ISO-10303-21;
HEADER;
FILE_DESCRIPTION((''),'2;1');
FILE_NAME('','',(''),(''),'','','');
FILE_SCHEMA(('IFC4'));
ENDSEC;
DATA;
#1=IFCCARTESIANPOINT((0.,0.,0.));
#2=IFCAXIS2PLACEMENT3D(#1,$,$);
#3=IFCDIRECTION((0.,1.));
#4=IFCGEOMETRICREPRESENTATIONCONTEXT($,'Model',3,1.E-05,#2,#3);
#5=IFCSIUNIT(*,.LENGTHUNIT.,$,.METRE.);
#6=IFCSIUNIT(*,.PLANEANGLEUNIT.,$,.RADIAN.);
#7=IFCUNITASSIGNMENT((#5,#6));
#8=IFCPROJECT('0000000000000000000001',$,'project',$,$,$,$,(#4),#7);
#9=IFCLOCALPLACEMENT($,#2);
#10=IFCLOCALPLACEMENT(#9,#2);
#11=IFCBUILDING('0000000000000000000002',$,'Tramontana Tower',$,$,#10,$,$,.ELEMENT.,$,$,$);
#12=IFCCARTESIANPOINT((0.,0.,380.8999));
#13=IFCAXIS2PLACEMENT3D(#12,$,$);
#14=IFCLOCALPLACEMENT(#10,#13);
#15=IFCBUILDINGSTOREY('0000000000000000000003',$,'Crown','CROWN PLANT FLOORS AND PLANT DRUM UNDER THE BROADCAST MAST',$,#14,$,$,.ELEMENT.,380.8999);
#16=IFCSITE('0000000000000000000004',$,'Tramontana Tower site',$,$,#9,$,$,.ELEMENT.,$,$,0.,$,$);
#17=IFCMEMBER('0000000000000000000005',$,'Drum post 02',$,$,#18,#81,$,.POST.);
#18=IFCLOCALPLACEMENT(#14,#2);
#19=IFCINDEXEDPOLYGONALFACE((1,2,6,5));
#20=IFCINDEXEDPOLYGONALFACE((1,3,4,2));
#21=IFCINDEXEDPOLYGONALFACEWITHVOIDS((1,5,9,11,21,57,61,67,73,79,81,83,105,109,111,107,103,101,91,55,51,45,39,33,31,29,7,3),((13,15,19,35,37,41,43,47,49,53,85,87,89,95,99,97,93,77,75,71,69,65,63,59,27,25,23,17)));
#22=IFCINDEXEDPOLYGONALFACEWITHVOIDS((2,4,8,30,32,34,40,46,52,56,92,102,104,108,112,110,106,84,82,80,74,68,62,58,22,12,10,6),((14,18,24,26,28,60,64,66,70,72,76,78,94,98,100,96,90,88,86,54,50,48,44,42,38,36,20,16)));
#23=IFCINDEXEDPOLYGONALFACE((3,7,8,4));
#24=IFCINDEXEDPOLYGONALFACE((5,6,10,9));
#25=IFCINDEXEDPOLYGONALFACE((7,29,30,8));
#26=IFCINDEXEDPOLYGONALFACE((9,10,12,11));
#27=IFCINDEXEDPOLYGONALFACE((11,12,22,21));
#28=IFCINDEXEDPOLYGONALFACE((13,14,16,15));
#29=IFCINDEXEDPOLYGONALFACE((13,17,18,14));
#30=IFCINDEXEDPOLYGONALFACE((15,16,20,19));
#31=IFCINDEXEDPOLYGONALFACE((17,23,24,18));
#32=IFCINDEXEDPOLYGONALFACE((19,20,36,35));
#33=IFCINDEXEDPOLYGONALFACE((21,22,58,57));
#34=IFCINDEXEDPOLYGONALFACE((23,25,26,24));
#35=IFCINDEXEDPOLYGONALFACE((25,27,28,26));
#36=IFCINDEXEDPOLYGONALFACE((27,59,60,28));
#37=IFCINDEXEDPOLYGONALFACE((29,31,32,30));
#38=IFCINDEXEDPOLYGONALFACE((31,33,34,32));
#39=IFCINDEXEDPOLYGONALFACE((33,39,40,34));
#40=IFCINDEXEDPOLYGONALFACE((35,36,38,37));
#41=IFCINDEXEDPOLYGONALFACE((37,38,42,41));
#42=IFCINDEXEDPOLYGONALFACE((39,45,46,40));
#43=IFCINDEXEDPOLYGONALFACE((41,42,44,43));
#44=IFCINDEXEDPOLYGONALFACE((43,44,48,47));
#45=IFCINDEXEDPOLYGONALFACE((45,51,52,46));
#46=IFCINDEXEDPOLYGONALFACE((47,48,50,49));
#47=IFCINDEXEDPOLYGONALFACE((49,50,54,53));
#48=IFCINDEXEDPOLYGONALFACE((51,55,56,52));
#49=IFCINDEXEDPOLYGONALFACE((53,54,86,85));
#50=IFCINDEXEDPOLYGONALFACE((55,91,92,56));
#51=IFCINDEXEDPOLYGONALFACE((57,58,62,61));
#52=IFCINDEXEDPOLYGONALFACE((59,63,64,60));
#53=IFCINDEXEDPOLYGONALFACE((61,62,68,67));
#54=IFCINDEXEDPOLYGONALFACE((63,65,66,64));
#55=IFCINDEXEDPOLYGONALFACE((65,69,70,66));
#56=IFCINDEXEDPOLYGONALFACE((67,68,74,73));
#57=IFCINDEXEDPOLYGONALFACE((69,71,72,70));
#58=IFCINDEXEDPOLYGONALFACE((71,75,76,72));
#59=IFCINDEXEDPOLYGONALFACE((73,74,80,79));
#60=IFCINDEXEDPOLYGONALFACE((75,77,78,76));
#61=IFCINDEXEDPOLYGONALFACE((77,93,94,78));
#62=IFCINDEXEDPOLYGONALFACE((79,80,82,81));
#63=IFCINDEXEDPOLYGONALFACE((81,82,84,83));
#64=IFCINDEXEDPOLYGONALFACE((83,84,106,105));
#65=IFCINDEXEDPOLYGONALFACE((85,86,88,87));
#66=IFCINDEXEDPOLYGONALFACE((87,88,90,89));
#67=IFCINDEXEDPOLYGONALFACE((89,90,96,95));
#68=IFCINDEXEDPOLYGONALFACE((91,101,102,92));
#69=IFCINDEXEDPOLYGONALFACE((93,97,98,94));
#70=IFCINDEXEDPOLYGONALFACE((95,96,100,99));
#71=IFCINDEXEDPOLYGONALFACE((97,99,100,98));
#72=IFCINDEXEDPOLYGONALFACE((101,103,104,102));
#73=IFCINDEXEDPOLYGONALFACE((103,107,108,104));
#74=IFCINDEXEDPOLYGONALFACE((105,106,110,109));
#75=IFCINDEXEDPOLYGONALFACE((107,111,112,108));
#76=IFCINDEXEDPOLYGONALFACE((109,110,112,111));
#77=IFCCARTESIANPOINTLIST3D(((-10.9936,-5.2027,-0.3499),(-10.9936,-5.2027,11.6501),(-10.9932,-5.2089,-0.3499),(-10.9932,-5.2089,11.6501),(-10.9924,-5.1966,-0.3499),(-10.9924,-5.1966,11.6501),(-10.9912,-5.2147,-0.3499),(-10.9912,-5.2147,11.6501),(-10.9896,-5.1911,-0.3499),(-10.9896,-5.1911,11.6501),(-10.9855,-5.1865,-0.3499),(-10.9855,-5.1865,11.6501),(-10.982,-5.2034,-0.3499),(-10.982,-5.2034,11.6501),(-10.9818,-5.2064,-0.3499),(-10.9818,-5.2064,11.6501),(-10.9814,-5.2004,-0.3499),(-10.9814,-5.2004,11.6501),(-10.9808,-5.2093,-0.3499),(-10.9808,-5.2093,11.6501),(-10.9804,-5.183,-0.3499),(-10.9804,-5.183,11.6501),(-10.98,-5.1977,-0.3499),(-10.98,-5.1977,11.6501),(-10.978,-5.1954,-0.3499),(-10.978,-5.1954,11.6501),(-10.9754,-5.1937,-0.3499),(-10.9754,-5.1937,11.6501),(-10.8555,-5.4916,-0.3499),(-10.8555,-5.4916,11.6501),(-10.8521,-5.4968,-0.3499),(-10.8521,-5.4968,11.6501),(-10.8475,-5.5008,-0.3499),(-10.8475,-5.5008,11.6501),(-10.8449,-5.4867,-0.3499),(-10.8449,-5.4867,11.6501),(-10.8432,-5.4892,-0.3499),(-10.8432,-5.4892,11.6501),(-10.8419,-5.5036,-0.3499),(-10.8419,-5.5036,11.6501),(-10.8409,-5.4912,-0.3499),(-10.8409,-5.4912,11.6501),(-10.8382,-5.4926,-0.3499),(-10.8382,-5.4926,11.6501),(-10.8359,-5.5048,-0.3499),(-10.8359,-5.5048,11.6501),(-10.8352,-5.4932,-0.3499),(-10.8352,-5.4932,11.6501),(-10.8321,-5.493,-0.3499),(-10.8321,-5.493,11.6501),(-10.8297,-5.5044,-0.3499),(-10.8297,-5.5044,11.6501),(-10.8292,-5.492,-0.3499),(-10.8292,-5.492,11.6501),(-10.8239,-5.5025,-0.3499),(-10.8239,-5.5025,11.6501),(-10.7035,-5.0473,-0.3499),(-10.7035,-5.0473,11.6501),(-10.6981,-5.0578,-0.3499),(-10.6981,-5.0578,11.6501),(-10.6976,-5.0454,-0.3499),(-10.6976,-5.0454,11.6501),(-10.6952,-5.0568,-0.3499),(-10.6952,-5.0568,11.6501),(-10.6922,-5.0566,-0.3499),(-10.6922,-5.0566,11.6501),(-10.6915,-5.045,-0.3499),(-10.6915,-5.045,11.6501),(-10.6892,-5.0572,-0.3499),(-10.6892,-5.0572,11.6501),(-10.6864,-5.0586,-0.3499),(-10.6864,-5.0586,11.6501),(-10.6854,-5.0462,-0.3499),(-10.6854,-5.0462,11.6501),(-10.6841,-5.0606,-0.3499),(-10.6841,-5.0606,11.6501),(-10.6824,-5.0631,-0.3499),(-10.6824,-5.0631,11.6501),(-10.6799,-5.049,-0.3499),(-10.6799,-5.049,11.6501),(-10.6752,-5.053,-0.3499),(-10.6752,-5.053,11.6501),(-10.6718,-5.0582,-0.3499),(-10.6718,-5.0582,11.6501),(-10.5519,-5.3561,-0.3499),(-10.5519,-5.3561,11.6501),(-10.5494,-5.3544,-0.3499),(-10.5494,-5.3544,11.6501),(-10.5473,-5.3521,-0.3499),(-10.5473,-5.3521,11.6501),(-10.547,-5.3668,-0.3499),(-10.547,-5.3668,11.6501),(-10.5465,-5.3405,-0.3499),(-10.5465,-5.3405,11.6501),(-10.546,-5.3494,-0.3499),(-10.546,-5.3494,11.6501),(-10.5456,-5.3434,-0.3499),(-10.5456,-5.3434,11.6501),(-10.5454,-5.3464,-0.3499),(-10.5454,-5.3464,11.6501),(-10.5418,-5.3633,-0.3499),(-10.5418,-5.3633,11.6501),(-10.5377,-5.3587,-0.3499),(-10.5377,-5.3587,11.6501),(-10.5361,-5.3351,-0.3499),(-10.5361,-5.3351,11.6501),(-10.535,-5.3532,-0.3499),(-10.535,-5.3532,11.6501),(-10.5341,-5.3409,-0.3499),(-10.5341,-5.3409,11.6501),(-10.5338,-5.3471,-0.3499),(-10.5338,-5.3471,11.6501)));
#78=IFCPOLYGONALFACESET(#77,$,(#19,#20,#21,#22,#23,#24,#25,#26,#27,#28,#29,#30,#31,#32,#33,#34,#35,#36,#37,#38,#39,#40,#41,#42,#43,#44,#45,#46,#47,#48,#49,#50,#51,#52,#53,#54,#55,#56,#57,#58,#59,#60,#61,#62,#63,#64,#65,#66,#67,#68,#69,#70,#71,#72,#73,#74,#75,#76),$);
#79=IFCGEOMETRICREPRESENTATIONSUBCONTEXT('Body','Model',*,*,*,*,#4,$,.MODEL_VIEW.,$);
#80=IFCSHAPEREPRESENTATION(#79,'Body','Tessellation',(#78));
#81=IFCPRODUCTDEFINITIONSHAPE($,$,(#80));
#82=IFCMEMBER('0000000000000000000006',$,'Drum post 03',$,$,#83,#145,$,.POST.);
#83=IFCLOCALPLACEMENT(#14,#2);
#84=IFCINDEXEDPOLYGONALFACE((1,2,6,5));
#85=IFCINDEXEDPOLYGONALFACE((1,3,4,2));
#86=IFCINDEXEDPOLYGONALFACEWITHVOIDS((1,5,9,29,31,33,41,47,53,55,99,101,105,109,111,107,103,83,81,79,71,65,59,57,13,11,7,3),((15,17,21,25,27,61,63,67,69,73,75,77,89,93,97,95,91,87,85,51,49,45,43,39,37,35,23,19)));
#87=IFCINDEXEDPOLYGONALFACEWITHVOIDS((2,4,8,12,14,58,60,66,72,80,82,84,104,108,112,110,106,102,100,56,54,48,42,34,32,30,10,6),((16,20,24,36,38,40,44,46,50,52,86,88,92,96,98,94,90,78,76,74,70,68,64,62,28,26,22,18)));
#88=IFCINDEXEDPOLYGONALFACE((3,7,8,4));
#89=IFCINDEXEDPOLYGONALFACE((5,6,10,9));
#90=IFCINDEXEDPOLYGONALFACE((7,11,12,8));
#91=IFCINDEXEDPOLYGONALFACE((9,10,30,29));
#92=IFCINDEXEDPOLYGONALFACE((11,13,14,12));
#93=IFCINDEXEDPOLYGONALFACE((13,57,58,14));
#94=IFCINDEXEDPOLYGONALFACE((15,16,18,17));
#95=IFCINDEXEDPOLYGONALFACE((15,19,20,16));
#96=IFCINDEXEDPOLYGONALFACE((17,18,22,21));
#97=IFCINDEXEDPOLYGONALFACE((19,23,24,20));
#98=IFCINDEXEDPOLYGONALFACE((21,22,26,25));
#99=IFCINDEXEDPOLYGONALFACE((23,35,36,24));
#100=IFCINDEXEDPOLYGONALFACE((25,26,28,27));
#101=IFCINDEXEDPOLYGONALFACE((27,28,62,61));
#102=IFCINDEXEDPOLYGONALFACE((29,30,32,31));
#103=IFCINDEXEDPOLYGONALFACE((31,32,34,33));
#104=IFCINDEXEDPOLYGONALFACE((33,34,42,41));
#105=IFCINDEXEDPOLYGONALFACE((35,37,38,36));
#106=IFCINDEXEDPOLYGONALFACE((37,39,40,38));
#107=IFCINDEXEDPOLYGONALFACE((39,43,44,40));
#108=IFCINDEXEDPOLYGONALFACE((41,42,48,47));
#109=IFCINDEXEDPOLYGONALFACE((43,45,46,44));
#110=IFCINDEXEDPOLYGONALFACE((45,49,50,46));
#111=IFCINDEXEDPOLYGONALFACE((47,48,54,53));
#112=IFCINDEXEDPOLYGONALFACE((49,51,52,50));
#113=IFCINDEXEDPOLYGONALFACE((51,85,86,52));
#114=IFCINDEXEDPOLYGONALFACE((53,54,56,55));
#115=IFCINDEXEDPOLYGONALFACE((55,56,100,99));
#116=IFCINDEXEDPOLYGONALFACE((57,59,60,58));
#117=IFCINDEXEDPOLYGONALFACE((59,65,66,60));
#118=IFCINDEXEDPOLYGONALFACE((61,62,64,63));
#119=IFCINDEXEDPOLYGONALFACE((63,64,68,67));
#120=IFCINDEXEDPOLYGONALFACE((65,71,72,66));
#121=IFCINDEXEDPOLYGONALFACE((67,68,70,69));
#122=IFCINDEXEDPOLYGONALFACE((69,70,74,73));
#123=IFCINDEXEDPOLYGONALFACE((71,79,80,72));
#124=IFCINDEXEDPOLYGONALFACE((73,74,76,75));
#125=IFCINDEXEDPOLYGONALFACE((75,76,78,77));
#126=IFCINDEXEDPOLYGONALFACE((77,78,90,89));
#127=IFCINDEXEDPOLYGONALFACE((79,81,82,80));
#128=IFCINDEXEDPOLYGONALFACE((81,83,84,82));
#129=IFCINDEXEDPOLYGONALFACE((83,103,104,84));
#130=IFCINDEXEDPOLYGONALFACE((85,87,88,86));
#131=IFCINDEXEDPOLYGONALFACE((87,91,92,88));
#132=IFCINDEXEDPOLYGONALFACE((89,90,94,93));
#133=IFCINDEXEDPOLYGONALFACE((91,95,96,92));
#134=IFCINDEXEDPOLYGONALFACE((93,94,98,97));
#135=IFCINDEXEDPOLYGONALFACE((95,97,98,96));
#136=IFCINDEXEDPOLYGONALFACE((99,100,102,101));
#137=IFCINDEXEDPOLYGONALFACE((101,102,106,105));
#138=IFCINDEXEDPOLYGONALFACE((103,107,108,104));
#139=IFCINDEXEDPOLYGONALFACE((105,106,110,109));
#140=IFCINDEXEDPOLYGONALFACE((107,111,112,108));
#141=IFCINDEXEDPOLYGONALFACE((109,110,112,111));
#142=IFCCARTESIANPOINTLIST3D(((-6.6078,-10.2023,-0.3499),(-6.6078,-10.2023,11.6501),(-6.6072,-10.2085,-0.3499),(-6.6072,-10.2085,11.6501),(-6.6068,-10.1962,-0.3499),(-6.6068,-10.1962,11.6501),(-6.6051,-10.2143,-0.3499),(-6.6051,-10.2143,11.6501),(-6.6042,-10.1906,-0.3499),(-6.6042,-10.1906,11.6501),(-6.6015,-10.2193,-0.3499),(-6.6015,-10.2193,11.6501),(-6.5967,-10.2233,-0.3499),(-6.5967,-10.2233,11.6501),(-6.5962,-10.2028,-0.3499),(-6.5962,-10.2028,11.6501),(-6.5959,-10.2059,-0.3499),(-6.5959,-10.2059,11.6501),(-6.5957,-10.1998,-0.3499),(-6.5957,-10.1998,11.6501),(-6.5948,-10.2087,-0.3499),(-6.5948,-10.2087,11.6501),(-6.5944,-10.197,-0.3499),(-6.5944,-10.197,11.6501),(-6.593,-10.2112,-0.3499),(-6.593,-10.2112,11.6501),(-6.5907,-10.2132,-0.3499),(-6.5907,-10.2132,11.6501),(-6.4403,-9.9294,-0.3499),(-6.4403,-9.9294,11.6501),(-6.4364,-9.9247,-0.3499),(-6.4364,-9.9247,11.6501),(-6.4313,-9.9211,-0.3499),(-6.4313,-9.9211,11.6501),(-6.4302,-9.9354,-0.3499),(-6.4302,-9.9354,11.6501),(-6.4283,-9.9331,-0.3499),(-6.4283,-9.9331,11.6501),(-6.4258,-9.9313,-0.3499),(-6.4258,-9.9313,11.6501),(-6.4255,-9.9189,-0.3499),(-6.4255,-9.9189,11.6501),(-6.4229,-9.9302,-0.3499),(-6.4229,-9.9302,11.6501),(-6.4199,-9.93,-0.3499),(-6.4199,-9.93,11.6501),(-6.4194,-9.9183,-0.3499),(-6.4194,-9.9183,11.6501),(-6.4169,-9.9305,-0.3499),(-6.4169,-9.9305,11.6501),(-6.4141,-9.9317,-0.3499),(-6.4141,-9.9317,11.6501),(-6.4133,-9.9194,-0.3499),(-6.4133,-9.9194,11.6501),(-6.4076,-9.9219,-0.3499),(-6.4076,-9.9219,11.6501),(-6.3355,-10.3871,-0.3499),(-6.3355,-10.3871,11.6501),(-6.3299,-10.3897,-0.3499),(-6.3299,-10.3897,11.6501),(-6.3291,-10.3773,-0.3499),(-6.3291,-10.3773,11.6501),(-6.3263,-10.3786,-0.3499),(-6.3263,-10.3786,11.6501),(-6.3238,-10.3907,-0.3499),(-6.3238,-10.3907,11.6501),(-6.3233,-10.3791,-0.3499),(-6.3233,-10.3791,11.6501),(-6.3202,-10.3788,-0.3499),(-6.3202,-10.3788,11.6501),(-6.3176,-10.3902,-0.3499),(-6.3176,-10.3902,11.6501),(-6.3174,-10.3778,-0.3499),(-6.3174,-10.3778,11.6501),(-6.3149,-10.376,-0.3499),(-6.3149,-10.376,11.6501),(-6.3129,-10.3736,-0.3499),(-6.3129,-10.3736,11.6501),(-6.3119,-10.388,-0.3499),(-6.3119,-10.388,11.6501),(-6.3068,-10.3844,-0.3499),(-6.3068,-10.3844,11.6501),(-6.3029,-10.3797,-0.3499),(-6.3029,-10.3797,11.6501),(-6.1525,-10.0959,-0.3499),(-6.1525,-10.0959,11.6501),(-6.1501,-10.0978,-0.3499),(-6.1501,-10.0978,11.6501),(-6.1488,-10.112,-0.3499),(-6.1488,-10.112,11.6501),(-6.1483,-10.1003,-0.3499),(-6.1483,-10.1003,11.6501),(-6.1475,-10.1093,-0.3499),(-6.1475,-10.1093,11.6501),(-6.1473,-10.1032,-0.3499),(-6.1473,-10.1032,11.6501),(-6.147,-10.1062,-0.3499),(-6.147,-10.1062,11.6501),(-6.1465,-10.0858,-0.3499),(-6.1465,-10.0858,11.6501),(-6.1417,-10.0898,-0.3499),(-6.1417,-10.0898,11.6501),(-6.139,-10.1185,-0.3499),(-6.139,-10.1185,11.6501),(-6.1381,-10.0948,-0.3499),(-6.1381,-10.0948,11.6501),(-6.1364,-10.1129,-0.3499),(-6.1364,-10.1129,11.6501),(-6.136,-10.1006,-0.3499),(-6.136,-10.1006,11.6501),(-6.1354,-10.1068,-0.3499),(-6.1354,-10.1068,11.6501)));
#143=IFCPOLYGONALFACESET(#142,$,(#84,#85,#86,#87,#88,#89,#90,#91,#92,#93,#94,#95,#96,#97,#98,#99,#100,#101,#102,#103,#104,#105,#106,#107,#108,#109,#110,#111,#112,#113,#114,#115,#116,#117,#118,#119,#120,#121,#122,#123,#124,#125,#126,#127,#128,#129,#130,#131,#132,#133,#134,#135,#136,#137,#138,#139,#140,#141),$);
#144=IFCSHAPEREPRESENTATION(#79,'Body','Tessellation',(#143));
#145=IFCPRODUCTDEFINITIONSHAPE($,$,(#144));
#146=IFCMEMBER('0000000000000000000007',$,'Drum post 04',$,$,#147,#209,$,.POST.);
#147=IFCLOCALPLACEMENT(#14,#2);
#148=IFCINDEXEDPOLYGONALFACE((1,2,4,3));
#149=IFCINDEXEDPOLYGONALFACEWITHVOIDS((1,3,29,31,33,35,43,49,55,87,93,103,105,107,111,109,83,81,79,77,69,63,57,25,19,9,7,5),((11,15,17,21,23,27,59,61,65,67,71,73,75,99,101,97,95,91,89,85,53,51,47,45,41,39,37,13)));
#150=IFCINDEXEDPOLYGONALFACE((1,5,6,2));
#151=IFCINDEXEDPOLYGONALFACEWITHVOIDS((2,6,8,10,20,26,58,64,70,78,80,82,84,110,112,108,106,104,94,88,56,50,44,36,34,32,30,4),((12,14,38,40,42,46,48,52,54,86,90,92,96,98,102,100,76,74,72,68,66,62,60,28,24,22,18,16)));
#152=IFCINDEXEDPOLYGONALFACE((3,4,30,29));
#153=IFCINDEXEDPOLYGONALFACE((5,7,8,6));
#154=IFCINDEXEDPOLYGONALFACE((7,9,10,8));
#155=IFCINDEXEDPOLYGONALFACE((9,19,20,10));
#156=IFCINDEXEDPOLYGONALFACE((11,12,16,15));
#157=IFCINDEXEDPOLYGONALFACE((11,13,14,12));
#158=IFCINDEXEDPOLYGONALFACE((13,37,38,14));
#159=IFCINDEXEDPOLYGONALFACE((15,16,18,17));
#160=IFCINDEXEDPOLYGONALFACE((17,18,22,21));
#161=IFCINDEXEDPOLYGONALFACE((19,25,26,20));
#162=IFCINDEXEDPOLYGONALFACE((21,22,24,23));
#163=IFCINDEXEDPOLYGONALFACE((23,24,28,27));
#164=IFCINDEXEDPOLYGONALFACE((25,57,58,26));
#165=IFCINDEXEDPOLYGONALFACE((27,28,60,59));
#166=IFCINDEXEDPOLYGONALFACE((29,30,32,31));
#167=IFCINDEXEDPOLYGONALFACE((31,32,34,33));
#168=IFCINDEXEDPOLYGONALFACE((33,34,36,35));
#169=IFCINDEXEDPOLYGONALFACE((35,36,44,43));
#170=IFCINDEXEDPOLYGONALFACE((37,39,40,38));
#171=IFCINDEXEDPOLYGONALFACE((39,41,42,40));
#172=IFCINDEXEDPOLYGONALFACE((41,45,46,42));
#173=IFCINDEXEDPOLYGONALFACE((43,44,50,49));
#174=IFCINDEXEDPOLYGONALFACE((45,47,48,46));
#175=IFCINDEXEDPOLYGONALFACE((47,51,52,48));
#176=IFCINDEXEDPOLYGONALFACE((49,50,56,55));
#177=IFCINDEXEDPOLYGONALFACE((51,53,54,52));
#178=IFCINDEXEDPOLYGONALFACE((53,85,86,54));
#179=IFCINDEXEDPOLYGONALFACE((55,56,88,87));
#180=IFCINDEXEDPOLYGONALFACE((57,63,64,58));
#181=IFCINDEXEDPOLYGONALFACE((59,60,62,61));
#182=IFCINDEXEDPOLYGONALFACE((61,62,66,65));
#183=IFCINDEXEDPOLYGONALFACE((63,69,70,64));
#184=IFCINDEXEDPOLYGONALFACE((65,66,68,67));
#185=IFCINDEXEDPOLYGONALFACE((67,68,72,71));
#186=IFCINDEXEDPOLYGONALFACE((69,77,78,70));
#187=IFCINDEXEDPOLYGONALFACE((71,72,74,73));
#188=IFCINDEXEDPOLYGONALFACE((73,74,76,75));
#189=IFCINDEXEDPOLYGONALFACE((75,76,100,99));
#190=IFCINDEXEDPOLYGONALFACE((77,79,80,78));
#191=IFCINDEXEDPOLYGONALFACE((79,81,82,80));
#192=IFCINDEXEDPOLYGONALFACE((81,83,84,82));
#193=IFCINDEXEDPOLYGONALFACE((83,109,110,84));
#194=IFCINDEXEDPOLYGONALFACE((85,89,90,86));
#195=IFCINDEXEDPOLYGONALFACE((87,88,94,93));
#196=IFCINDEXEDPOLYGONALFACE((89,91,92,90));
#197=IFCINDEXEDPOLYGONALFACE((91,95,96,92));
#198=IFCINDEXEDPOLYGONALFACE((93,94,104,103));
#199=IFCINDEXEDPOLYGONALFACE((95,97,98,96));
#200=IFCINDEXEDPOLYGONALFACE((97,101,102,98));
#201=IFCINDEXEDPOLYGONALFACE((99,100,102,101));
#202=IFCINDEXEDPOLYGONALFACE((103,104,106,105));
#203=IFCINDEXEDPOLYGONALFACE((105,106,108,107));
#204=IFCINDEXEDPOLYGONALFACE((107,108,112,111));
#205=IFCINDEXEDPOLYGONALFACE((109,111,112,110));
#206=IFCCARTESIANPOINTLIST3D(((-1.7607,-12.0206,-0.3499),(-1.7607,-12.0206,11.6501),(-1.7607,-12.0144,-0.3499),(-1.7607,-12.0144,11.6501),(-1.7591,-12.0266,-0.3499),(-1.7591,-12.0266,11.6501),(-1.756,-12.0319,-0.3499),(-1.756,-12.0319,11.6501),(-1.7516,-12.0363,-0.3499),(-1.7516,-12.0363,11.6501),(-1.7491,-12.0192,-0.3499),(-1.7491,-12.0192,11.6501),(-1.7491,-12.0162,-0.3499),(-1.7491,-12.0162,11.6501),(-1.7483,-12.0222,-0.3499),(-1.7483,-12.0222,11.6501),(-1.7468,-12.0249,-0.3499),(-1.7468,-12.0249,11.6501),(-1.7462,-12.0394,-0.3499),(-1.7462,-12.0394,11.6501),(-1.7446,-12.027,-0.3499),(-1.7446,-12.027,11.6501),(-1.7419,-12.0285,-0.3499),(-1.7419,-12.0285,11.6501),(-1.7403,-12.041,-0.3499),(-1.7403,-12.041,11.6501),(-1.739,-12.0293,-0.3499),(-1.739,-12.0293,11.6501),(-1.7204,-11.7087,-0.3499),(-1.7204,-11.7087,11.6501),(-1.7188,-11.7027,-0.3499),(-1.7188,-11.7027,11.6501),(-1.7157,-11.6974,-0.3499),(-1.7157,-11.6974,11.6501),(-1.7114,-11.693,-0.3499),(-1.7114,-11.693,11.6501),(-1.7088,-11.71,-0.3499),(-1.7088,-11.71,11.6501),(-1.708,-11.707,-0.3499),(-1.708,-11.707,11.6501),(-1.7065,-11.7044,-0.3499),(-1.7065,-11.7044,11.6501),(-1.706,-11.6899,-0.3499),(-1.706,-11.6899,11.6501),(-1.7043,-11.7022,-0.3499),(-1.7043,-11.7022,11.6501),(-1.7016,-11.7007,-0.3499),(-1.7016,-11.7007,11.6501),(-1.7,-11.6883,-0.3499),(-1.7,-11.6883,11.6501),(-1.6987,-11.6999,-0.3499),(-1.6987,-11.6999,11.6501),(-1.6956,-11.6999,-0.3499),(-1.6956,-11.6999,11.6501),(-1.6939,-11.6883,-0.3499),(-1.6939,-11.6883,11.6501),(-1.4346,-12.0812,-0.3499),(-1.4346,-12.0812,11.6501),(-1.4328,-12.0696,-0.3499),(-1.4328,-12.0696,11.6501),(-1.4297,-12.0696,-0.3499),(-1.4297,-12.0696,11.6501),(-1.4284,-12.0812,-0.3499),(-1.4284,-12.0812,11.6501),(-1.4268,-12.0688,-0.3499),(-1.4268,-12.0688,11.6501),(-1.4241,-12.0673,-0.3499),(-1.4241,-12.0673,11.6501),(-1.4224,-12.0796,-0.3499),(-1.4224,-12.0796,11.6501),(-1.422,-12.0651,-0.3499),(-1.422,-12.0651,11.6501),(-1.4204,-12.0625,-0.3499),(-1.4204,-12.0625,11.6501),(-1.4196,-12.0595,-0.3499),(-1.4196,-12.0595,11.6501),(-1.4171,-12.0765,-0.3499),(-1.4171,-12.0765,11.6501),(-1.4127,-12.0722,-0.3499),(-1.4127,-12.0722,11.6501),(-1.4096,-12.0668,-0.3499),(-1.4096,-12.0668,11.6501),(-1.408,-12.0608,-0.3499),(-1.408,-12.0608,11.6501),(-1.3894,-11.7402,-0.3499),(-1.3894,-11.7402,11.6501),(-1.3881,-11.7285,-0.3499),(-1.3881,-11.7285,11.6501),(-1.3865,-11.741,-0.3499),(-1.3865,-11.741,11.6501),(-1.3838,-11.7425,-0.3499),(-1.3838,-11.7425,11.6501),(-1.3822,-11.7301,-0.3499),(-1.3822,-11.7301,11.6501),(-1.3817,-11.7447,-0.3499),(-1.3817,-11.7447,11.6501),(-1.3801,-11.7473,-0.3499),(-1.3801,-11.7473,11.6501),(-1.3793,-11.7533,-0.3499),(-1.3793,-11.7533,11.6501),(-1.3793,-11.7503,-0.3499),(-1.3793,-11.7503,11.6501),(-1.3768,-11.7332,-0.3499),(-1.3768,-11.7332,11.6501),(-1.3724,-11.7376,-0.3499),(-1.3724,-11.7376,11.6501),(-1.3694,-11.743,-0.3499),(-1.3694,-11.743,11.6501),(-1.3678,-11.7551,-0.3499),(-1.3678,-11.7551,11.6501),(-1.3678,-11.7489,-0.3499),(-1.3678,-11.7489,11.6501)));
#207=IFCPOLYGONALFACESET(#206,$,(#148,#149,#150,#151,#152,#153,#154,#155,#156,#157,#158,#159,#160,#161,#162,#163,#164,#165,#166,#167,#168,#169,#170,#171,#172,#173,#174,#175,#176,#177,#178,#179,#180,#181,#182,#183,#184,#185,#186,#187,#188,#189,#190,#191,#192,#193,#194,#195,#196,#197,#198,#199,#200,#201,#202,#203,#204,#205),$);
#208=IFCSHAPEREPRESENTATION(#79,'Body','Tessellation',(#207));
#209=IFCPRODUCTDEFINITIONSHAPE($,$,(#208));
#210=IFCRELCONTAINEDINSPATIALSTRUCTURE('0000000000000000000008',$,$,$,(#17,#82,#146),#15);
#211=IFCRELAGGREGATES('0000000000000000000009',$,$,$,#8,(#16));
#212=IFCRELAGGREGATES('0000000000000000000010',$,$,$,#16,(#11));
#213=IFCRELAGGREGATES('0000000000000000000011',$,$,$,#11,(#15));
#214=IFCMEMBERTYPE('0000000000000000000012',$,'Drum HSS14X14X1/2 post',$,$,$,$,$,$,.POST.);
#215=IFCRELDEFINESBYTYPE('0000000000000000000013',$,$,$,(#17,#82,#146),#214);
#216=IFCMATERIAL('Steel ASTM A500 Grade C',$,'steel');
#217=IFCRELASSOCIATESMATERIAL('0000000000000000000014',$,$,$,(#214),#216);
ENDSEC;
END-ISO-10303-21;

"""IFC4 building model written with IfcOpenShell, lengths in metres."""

from ifc_helpers import new_model, si_unit, direction, frame, origin, origin_2d, place, context, subcontext, project, spatial, hollow_rectangle, extrude, material, material_profile, profile_set, type_object, element, save


model = new_model("IFC4")

# Units and contexts
model_context = context("Model", 3, precision=1e-05, world=origin(), true_north=direction((0.0, 1.0)))
body_context = subcontext(model_context, "Body", "Model", "MODEL_VIEW")
ifc_project = project(units=[si_unit("LENGTHUNIT", "METRE"), si_unit("PLANEANGLEUNIT", "RADIAN")], contexts=[model_context])

# Site, building, storey
site_placement = place(None, origin())
site = spatial("IfcSite", under=ifc_project, at=site_placement, Name="Tramontana Tower site", CompositionType="ELEMENT", RefElevation=0.0)
building_placement = place(site_placement, origin())
building = spatial("IfcBuilding", under=site, at=building_placement, Name="Tramontana Tower", CompositionType="ELEMENT")
storey_placement = place(building_placement, frame((0.0, 0.0, 380.8999)))
storey = spatial("IfcBuildingStorey", under=building, at=storey_placement, Name="Crown", Description="CROWN PLANT FLOORS AND PLANT DRUM UNDER THE BROADCAST MAST", CompositionType="ELEMENT", Elevation=380.8999)

# Members
ifc_material_1 = material(Name="Steel ASTM A500 Grade C", Category="steel")
ifc_material_profile_1 = material_profile(ifc_material_1, hollow_rectangle(XDim=0.3557, YDim=0.3557, WallThickness=0.0117, InnerFilletRadius=0.0117, OuterFilletRadius=0.0237, at=origin_2d()), Name="HSS14X14X1/2")
ifc_profile_set_1 = profile_set([ifc_material_profile_1], Name="Steel ASTM A500 Grade C")
member_type = type_object("IfcMemberType", Name="Drum HSS14X14X1/2 post", PredefinedType="POST", material=ifc_profile_set_1)
for number, where, z_axis, x_axis, name in (
    (1, (-10.7637, -5.2749, -0.3499), (0.0, 0.0, 1.0), (-0.897972, -0.440053, 0.0), "Drum post 02"),
    (2, (-6.3716, -10.1545, -0.3499), (0.0, 0.0, 1.0), (-0.531506, -0.847055, 0.0), "Drum post 03"),
    (3, (-1.5642, -11.8848, -0.3499), (0.0, 0.0, 1.0), (-0.13048, -0.991451, 0.0), "Drum post 04"),
):
    element("IfcMember", number, at=place(storey_placement, frame(where, z_axis=z_axis, x_axis=x_axis)), inside=storey, type_object=member_type, Name=name, PredefinedType="POST", context=body_context, shape_type="SweptSolid", body=[
        extrude(hollow_rectangle(XDim=0.3557, YDim=0.3557, WallThickness=0.0117, InnerFilletRadius=0.0117, OuterFilletRadius=0.0237, at=origin_2d()), origin(), (0.0, 0.0, 1.0), 12.0),
    ])

save(model, "model.ifc")
